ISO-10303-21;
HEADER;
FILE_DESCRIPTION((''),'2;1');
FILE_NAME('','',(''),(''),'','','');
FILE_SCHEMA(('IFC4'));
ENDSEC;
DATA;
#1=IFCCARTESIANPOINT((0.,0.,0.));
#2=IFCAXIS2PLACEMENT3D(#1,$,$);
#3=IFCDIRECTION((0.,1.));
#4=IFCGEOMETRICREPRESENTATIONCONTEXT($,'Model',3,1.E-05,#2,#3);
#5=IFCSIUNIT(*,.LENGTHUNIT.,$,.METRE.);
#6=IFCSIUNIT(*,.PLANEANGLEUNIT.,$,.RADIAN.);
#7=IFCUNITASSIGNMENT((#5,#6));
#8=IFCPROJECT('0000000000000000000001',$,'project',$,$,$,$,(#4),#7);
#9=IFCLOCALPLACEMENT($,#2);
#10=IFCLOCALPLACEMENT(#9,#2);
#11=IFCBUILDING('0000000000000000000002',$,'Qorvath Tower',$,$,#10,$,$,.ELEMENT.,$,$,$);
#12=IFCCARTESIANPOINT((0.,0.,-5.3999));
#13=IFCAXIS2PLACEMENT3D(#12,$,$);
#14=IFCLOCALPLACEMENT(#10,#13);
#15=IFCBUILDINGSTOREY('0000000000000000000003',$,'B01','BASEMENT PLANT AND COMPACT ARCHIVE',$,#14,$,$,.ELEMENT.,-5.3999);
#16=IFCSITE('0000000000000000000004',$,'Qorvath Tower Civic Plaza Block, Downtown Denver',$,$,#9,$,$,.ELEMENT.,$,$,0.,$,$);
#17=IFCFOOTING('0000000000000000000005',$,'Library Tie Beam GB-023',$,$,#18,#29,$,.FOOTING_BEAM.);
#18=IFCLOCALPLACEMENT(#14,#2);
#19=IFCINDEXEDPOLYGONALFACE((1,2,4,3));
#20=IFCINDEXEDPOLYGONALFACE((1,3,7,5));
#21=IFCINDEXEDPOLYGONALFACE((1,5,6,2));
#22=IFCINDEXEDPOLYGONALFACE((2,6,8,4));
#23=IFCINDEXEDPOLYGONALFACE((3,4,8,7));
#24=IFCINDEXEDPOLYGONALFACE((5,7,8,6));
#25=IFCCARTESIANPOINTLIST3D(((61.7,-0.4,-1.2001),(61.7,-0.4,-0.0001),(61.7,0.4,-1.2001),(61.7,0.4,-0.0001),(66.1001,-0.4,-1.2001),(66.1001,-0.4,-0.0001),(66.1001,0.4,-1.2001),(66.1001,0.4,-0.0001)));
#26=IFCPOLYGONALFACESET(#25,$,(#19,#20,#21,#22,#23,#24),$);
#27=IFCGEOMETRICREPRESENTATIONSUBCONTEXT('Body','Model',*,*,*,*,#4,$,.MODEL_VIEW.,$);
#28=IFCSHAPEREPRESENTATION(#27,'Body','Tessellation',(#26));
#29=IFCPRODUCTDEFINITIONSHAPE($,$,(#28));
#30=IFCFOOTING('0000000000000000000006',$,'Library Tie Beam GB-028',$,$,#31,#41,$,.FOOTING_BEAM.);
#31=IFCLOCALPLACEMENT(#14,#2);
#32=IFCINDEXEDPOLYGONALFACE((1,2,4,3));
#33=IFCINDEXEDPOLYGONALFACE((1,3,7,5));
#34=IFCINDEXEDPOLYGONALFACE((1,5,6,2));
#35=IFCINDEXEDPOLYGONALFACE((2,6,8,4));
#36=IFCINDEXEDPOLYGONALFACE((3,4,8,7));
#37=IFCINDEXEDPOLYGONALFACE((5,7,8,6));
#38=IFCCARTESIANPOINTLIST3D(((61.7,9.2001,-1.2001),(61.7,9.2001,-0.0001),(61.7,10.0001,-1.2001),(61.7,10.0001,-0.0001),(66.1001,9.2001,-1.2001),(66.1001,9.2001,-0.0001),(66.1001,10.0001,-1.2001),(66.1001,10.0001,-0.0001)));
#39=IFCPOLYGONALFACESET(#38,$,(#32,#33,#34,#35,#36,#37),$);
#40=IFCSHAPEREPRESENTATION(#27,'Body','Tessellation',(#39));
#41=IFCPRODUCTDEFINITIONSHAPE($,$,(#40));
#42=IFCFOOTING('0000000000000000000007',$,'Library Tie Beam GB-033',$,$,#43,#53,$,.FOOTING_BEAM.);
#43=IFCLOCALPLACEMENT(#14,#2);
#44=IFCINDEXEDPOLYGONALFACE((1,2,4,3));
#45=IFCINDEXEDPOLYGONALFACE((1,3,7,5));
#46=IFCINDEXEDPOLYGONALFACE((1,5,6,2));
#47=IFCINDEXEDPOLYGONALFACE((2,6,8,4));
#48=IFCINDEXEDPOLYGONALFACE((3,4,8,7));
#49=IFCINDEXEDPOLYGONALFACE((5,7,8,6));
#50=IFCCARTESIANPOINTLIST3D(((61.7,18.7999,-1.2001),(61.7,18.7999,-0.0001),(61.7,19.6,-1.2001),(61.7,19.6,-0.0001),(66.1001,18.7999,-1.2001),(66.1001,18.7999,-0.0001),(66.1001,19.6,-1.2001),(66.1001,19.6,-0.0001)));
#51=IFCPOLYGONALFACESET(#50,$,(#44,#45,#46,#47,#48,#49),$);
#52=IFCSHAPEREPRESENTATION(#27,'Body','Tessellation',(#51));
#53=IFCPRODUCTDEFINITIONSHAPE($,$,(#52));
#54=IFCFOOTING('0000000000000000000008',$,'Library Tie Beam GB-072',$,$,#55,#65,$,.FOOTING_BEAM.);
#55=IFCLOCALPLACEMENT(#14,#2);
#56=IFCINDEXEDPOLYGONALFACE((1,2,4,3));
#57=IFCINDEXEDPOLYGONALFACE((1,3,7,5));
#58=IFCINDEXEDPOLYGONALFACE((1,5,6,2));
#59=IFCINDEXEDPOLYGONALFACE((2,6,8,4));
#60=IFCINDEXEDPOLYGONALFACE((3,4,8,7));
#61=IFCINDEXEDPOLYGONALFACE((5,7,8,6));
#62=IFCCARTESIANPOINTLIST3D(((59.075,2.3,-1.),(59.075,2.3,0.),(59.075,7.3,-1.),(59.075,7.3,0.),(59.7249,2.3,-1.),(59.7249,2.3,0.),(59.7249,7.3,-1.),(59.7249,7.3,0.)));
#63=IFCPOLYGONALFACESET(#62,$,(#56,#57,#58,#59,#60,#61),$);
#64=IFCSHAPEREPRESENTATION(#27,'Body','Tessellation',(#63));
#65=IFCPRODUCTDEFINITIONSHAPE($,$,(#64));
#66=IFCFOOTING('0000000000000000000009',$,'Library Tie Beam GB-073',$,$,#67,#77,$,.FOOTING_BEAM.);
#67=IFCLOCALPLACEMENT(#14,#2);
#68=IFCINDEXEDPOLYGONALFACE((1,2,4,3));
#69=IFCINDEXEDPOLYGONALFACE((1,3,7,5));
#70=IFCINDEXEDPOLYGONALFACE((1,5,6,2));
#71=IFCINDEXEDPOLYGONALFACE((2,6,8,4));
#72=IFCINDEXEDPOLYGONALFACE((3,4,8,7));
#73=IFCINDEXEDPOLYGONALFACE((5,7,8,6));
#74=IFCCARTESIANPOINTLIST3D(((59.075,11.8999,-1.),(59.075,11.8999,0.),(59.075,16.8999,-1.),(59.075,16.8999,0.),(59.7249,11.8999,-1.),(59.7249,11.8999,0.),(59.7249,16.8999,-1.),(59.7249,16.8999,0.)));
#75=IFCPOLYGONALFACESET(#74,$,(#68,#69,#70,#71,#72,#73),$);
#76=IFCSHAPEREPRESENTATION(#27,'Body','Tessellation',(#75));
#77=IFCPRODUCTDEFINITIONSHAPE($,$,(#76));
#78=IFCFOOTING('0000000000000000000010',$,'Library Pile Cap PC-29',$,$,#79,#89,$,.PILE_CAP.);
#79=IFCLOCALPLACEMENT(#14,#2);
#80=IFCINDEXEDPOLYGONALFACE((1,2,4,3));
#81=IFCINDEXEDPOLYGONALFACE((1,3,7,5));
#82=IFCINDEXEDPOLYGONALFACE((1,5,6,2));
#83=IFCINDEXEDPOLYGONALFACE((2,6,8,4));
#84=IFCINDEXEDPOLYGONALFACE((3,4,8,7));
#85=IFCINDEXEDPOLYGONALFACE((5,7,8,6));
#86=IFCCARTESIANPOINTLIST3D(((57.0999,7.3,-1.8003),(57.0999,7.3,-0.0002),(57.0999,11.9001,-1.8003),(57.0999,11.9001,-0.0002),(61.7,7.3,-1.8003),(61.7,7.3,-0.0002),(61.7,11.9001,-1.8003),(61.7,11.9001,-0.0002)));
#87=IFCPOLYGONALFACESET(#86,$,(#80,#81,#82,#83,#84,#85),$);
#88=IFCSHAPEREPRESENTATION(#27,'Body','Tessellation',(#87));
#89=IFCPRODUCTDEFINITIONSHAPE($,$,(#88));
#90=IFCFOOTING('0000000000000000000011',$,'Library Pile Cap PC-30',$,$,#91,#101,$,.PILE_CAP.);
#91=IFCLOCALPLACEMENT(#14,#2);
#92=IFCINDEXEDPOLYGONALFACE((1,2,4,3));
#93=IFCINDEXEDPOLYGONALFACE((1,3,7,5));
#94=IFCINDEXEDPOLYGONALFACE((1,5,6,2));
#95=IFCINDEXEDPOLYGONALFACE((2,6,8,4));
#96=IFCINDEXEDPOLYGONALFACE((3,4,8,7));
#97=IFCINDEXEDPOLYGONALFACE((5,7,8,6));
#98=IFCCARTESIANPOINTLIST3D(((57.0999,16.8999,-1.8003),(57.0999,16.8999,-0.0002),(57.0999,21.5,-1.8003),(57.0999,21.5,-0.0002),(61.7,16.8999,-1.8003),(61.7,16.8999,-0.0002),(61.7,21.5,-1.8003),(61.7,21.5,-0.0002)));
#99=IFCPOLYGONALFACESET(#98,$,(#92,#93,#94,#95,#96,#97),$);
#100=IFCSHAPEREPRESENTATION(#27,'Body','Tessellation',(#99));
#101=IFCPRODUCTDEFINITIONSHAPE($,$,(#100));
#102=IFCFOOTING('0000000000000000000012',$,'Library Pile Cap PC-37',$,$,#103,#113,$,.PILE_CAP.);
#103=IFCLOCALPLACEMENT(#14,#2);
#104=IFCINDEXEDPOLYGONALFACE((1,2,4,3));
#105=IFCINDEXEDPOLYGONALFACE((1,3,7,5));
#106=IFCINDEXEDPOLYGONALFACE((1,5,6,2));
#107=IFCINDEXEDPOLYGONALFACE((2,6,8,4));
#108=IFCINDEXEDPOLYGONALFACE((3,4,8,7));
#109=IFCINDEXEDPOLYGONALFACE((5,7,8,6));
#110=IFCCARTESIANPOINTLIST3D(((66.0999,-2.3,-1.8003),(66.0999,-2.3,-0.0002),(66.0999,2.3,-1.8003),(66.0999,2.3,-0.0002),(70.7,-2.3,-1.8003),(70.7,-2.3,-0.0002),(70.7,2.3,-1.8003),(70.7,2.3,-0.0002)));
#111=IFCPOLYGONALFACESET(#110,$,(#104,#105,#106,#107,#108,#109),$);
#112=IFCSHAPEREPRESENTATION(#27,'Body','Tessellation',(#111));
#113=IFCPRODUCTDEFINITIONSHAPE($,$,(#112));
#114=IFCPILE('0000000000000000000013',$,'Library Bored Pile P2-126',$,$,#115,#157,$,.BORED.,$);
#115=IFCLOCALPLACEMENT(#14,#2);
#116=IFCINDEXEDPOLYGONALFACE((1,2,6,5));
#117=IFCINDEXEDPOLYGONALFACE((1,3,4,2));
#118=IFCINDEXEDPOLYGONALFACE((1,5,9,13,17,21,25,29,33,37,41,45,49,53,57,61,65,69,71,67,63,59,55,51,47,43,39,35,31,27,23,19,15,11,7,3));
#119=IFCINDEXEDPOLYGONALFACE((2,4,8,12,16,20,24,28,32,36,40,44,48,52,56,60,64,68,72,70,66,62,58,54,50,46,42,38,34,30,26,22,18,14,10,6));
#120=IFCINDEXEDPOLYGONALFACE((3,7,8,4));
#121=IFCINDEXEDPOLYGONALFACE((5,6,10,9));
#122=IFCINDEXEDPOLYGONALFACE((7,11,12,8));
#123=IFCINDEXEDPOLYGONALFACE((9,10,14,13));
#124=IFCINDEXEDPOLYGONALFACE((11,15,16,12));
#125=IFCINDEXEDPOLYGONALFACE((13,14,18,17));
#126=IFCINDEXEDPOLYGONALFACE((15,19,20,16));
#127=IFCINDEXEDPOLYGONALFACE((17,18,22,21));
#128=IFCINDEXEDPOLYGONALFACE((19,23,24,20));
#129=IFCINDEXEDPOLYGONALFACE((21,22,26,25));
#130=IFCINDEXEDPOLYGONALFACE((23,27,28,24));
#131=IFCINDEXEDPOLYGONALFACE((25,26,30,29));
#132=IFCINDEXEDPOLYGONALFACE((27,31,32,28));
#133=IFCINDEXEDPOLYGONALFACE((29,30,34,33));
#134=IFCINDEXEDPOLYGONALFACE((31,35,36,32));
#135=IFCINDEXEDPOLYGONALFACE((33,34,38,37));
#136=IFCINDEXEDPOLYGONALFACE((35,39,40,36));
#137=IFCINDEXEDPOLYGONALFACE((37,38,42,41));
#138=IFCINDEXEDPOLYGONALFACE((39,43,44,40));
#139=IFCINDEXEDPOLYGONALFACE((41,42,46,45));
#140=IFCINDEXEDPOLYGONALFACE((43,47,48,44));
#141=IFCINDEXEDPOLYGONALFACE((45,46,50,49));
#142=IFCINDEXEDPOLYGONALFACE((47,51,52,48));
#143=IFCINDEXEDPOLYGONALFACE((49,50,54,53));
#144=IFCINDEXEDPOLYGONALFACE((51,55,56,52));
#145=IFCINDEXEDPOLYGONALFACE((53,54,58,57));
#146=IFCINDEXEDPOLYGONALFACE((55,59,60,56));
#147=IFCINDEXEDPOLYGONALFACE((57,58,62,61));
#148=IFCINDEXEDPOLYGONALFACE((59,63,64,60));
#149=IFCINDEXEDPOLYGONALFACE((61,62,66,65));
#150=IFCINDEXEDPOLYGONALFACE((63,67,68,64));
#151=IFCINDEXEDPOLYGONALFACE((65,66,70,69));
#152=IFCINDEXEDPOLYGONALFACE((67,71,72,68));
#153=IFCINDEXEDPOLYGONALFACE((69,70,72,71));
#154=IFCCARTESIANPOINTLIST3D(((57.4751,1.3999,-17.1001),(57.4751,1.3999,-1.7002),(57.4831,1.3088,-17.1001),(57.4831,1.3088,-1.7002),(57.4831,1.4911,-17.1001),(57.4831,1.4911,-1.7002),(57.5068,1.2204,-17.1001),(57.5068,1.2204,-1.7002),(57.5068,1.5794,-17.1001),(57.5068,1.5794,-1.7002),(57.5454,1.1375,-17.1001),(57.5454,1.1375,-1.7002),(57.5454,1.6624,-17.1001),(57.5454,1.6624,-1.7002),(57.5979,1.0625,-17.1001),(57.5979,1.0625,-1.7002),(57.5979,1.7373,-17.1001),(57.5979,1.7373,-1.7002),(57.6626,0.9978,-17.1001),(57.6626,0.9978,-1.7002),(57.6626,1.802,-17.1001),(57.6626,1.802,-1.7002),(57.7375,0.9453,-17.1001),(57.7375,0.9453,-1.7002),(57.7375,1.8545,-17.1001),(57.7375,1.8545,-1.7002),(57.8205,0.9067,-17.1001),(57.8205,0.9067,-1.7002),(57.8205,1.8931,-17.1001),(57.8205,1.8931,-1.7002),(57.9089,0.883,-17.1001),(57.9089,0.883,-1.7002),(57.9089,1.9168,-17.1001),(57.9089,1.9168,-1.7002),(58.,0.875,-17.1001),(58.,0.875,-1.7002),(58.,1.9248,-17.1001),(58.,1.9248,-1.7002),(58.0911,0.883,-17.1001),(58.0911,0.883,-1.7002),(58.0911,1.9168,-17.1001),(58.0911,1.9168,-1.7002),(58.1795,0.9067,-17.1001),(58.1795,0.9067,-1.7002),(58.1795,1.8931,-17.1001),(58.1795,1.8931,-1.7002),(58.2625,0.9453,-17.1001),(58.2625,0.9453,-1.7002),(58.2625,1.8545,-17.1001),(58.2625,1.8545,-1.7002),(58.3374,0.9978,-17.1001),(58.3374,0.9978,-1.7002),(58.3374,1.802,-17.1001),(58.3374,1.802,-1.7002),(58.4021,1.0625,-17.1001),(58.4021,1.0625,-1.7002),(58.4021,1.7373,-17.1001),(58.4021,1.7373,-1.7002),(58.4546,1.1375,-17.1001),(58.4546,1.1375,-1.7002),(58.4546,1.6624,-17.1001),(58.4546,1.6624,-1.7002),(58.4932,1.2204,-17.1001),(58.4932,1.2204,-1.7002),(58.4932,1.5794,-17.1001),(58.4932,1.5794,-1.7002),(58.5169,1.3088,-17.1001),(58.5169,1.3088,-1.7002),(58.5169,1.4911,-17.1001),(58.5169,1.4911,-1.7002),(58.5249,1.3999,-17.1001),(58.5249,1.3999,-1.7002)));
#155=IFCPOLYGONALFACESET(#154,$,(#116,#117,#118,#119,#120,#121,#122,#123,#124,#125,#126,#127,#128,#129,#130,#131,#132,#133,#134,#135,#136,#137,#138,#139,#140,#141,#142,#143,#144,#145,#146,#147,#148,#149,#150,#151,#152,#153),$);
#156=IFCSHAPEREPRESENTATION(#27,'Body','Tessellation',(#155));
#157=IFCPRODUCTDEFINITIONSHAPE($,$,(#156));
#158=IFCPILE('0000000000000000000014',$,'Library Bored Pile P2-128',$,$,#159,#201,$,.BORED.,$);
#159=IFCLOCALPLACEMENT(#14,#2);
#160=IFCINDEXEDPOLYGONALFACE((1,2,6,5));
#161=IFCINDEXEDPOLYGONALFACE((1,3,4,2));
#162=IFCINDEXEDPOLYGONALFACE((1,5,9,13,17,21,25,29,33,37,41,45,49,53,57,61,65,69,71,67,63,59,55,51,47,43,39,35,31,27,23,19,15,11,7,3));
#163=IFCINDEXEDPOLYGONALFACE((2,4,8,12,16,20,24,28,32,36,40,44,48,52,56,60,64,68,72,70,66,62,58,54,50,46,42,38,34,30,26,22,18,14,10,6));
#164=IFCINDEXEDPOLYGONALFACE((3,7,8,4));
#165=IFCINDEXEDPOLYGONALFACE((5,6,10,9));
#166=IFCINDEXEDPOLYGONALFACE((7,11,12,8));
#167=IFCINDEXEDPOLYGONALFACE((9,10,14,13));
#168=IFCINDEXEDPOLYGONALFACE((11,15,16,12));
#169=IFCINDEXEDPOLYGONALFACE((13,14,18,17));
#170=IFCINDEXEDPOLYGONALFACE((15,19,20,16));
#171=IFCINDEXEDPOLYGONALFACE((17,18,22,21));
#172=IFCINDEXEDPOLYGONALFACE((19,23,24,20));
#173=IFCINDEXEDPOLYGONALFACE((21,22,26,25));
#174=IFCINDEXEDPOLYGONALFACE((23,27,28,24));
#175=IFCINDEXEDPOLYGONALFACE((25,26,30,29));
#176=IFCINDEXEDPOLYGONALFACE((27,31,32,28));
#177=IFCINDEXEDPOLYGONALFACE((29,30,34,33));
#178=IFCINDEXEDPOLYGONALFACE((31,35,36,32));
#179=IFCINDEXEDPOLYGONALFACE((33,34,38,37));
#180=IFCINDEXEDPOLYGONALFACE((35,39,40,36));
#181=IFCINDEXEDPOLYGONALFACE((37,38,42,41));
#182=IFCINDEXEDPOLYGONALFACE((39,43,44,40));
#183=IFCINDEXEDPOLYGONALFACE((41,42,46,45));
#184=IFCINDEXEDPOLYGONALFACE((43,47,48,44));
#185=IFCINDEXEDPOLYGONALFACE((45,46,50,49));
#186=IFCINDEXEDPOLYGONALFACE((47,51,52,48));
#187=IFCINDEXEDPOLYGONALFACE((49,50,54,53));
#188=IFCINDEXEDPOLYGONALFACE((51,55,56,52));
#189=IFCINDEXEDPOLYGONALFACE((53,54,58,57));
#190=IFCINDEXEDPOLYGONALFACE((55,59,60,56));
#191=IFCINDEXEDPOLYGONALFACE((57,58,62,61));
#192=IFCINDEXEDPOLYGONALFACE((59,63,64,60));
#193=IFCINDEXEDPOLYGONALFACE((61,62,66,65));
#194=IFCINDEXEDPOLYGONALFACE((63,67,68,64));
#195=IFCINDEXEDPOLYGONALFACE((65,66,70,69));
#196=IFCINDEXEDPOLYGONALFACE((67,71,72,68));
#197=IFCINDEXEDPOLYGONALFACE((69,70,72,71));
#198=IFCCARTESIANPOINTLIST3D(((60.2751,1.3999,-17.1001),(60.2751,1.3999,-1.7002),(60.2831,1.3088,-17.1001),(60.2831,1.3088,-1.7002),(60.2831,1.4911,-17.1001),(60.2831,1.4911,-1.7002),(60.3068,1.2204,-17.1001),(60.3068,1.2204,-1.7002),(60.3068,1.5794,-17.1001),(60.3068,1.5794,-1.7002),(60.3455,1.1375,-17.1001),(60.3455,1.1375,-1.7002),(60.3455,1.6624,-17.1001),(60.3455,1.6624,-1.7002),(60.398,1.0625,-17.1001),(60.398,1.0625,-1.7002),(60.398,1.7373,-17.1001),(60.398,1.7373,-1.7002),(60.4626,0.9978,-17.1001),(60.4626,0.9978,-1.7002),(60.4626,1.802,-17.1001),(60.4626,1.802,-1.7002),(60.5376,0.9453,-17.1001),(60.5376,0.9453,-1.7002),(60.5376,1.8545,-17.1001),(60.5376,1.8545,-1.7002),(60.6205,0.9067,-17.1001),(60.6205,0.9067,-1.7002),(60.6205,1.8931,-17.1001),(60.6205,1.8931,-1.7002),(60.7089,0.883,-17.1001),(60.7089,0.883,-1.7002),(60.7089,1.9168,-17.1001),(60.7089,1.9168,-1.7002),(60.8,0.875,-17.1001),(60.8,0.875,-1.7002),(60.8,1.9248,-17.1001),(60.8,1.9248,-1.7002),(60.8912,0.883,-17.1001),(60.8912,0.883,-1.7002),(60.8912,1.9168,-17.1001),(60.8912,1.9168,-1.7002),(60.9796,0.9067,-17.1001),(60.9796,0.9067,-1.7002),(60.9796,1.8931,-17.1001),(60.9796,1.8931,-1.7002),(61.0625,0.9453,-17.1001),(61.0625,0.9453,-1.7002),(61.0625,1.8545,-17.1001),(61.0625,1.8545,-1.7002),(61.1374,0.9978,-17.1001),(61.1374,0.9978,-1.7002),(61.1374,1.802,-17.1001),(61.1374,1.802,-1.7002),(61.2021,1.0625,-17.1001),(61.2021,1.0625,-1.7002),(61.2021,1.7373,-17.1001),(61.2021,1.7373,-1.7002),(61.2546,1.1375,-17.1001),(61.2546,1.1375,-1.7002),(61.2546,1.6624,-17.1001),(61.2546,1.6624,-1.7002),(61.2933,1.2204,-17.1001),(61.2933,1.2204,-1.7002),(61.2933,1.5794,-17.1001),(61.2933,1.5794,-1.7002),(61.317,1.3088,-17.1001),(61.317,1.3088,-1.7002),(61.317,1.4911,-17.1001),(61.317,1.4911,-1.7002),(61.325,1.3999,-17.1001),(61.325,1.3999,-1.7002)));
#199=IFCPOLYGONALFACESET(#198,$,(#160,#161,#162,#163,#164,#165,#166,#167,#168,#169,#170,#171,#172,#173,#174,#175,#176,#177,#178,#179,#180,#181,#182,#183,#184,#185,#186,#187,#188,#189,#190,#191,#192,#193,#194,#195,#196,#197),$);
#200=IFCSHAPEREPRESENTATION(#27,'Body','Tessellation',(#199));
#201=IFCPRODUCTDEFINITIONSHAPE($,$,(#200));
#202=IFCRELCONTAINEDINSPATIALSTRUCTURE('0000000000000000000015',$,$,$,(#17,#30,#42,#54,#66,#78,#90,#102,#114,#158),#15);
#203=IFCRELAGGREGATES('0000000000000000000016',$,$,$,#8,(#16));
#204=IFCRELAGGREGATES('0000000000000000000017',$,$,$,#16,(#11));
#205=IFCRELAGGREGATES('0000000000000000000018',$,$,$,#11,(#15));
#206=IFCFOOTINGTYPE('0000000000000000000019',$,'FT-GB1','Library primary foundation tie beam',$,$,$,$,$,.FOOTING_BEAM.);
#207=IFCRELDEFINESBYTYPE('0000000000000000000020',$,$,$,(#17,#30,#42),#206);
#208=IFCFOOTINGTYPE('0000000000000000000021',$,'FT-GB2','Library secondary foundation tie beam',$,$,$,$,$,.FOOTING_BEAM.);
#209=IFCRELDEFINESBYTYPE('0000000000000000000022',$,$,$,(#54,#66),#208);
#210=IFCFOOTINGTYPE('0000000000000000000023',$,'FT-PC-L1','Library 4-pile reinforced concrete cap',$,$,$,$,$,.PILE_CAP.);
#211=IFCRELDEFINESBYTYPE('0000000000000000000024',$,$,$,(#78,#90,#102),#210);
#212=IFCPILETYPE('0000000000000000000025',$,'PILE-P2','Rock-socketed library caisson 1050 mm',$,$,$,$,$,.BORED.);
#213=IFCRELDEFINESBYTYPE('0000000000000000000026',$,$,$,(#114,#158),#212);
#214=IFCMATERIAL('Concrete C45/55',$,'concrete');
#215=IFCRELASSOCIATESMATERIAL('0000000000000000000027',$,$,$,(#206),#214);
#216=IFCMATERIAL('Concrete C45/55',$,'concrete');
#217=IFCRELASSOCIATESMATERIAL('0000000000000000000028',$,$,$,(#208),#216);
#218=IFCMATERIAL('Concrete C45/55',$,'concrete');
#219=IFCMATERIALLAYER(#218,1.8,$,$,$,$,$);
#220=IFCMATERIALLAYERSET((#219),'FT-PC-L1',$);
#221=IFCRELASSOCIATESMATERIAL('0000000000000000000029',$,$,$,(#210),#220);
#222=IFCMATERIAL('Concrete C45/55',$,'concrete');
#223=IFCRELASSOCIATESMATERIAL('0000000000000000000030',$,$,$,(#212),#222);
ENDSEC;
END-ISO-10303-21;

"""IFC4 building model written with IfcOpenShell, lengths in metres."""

from ifc_helpers import new_model, si_unit, direction, frame, origin, origin_2d, place, context, subcontext, project, spatial, rectangle, circle, extrude, material, layer, layer_set, material_profile, profile_set, type_object, element, save


model = new_model("IFC4")

# Units and contexts
model_context = context("Model", 3, precision=1e-05, world=origin(), true_north=direction((0.0, 1.0)))
body_context = subcontext(model_context, "Body", "Model", "MODEL_VIEW")
ifc_project = project(units=[si_unit("LENGTHUNIT", "METRE"), si_unit("PLANEANGLEUNIT", "RADIAN")], contexts=[model_context])

# Site, building, storey
site_placement = place(None, origin())
site = spatial("IfcSite", under=ifc_project, at=site_placement, Name="Qorvath Tower Civic Plaza Block, Downtown Denver", CompositionType="ELEMENT", RefElevation=0.0)
building_placement = place(site_placement, origin())
building = spatial("IfcBuilding", under=site, at=building_placement, Name="Qorvath Tower", CompositionType="ELEMENT")
storey_placement = place(building_placement, frame((0.0, 0.0, -5.3999)))
storey = spatial("IfcBuildingStorey", under=building, at=storey_placement, Name="B01", Description="BASEMENT PLANT AND COMPACT ARCHIVE", CompositionType="ELEMENT", Elevation=-5.3999)

# Footings
ifc_material_1 = material(Name="Concrete C45/55", Category="concrete")
ifc_material_profile_1 = material_profile(ifc_material_1, rectangle(XDim=0.8, YDim=1.2, at=origin_2d()), Name="GB 800x1200")
ifc_profile_set_1 = profile_set([ifc_material_profile_1], Name="Concrete C45/55")
footing_type_1 = type_object("IfcFootingType", Name="FT-GB1", Description="Library primary foundation tie beam", PredefinedType="FOOTING_BEAM", material=ifc_profile_set_1)
for number, where, z_axis, x_axis, name in (
    (1, (61.7, 0.0, -0.6001), (1.0, 0.0, 0.0), (0.0, 1.0, 0.0), "Library Tie Beam GB-023"),
    (2, (61.7, 9.6001, -0.6001), (1.0, 0.0, 0.0), (0.0, 1.0, 0.0), "Library Tie Beam GB-028"),
    (3, (61.7, 19.2, -0.6001), (1.0, 0.0, 0.0), (0.0, 1.0, 0.0), "Library Tie Beam GB-033"),
):
    element("IfcFooting", number, at=place(storey_placement, frame(where, z_axis=z_axis, x_axis=x_axis)), inside=storey, type_object=footing_type_1, Name=name, PredefinedType="FOOTING_BEAM", context=body_context, shape_type="SweptSolid", body=[
        extrude(rectangle(XDim=0.8, YDim=1.2, at=origin_2d()), origin(), (0.0, 0.0, 1.0), 4.4001),
    ])
ifc_material_2 = material(Name="Concrete C45/55", Category="concrete")
ifc_material_profile_2 = material_profile(ifc_material_2, rectangle(XDim=0.6499, YDim=1.0, at=origin_2d()), Name="GB 650x1000")
ifc_profile_set_2 = profile_set([ifc_material_profile_2], Name="Concrete C45/55")
footing_type_2 = type_object("IfcFootingType", Name="FT-GB2", Description="Library secondary foundation tie beam", PredefinedType="FOOTING_BEAM", material=ifc_profile_set_2)
for number, where, z_axis, x_axis, name in (
    (4, (59.3999, 2.3, -0.5), (0.0, 1.0, 0.0), (-1.0, 0.0, 0.0), "Library Tie Beam GB-072"),
    (5, (59.3999, 11.8999, -0.5), (0.0, 1.0, 0.0), (-1.0, 0.0, 0.0), "Library Tie Beam GB-073"),
):
    element("IfcFooting", number, at=place(storey_placement, frame(where, z_axis=z_axis, x_axis=x_axis)), inside=storey, type_object=footing_type_2, Name=name, PredefinedType="FOOTING_BEAM", context=body_context, shape_type="SweptSolid", body=[
        extrude(rectangle(XDim=0.6499, YDim=1.0, at=origin_2d()), origin(), (0.0, 0.0, 1.0), 5.0),
    ])
ifc_material_3 = material(Name="Concrete C45/55", Category="concrete")
ifc_layer_1 = layer(ifc_material_3, 1.8)
ifc_layer_set_1 = layer_set([ifc_layer_1], Name="FT-PC-L1")
footing_type_3 = type_object("IfcFootingType", Name="FT-PC-L1", Description="Library 4-pile reinforced concrete cap", PredefinedType="PILE_CAP", material=ifc_layer_set_1)
for number, where, z_axis, x_axis, name in (
    (6, (59.3999, 9.6001, -1.8003), (0.0, 0.0, 1.0), (1.0, 0.0, 0.0), "Library Pile Cap PC-29"),
    (7, (59.3999, 19.2, -1.8003), (0.0, 0.0, 1.0), (1.0, 0.0, 0.0), "Library Pile Cap PC-30"),
    (8, (68.3999, 0.0, -1.8003), (0.0, 0.0, 1.0), (1.0, 0.0, 0.0), "Library Pile Cap PC-37"),
):
    element("IfcFooting", number, at=place(storey_placement, frame(where, z_axis=z_axis, x_axis=x_axis)), inside=storey, type_object=footing_type_3, Name=name, PredefinedType="PILE_CAP", context=body_context, shape_type="SweptSolid", body=[
        extrude(rectangle(XDim=4.6001, YDim=4.6001, at=origin_2d()), origin(), (0.0, 0.0, 1.0), 1.8),
    ])

# Piles
ifc_material_4 = material(Name="Concrete C45/55", Category="concrete")
ifc_material_profile_3 = material_profile(ifc_material_4, circle(Radius=0.5249, at=origin_2d()), Name="BORED PILE 1050")
ifc_profile_set_3 = profile_set([ifc_material_profile_3], Name="Concrete C45/55")
pile_type = type_object("IfcPileType", Name="PILE-P2", Description="Rock-socketed library caisson 1050 mm", PredefinedType="BORED", material=ifc_profile_set_3)
for number, where, z_axis, x_axis, name in (
    (9, (58.0, 1.3999, -1.7002), (0.0, 0.0, -1.0), (1.0, 0.0, 0.0), "Library Bored Pile P2-126"),
    (10, (60.8, 1.3999, -1.7002), (0.0, 0.0, -1.0), (1.0, 0.0, 0.0), "Library Bored Pile P2-128"),
):
    element("IfcPile", number, at=place(storey_placement, frame(where, z_axis=z_axis, x_axis=x_axis)), inside=storey, type_object=pile_type, Name=name, PredefinedType="BORED", context=body_context, shape_type="SweptSolid", body=[
        extrude(circle(Radius=0.5249, at=origin_2d()), origin(), (0.0, 0.0, 1.0), 15.3999),
    ])

save(model, "model.ifc")
